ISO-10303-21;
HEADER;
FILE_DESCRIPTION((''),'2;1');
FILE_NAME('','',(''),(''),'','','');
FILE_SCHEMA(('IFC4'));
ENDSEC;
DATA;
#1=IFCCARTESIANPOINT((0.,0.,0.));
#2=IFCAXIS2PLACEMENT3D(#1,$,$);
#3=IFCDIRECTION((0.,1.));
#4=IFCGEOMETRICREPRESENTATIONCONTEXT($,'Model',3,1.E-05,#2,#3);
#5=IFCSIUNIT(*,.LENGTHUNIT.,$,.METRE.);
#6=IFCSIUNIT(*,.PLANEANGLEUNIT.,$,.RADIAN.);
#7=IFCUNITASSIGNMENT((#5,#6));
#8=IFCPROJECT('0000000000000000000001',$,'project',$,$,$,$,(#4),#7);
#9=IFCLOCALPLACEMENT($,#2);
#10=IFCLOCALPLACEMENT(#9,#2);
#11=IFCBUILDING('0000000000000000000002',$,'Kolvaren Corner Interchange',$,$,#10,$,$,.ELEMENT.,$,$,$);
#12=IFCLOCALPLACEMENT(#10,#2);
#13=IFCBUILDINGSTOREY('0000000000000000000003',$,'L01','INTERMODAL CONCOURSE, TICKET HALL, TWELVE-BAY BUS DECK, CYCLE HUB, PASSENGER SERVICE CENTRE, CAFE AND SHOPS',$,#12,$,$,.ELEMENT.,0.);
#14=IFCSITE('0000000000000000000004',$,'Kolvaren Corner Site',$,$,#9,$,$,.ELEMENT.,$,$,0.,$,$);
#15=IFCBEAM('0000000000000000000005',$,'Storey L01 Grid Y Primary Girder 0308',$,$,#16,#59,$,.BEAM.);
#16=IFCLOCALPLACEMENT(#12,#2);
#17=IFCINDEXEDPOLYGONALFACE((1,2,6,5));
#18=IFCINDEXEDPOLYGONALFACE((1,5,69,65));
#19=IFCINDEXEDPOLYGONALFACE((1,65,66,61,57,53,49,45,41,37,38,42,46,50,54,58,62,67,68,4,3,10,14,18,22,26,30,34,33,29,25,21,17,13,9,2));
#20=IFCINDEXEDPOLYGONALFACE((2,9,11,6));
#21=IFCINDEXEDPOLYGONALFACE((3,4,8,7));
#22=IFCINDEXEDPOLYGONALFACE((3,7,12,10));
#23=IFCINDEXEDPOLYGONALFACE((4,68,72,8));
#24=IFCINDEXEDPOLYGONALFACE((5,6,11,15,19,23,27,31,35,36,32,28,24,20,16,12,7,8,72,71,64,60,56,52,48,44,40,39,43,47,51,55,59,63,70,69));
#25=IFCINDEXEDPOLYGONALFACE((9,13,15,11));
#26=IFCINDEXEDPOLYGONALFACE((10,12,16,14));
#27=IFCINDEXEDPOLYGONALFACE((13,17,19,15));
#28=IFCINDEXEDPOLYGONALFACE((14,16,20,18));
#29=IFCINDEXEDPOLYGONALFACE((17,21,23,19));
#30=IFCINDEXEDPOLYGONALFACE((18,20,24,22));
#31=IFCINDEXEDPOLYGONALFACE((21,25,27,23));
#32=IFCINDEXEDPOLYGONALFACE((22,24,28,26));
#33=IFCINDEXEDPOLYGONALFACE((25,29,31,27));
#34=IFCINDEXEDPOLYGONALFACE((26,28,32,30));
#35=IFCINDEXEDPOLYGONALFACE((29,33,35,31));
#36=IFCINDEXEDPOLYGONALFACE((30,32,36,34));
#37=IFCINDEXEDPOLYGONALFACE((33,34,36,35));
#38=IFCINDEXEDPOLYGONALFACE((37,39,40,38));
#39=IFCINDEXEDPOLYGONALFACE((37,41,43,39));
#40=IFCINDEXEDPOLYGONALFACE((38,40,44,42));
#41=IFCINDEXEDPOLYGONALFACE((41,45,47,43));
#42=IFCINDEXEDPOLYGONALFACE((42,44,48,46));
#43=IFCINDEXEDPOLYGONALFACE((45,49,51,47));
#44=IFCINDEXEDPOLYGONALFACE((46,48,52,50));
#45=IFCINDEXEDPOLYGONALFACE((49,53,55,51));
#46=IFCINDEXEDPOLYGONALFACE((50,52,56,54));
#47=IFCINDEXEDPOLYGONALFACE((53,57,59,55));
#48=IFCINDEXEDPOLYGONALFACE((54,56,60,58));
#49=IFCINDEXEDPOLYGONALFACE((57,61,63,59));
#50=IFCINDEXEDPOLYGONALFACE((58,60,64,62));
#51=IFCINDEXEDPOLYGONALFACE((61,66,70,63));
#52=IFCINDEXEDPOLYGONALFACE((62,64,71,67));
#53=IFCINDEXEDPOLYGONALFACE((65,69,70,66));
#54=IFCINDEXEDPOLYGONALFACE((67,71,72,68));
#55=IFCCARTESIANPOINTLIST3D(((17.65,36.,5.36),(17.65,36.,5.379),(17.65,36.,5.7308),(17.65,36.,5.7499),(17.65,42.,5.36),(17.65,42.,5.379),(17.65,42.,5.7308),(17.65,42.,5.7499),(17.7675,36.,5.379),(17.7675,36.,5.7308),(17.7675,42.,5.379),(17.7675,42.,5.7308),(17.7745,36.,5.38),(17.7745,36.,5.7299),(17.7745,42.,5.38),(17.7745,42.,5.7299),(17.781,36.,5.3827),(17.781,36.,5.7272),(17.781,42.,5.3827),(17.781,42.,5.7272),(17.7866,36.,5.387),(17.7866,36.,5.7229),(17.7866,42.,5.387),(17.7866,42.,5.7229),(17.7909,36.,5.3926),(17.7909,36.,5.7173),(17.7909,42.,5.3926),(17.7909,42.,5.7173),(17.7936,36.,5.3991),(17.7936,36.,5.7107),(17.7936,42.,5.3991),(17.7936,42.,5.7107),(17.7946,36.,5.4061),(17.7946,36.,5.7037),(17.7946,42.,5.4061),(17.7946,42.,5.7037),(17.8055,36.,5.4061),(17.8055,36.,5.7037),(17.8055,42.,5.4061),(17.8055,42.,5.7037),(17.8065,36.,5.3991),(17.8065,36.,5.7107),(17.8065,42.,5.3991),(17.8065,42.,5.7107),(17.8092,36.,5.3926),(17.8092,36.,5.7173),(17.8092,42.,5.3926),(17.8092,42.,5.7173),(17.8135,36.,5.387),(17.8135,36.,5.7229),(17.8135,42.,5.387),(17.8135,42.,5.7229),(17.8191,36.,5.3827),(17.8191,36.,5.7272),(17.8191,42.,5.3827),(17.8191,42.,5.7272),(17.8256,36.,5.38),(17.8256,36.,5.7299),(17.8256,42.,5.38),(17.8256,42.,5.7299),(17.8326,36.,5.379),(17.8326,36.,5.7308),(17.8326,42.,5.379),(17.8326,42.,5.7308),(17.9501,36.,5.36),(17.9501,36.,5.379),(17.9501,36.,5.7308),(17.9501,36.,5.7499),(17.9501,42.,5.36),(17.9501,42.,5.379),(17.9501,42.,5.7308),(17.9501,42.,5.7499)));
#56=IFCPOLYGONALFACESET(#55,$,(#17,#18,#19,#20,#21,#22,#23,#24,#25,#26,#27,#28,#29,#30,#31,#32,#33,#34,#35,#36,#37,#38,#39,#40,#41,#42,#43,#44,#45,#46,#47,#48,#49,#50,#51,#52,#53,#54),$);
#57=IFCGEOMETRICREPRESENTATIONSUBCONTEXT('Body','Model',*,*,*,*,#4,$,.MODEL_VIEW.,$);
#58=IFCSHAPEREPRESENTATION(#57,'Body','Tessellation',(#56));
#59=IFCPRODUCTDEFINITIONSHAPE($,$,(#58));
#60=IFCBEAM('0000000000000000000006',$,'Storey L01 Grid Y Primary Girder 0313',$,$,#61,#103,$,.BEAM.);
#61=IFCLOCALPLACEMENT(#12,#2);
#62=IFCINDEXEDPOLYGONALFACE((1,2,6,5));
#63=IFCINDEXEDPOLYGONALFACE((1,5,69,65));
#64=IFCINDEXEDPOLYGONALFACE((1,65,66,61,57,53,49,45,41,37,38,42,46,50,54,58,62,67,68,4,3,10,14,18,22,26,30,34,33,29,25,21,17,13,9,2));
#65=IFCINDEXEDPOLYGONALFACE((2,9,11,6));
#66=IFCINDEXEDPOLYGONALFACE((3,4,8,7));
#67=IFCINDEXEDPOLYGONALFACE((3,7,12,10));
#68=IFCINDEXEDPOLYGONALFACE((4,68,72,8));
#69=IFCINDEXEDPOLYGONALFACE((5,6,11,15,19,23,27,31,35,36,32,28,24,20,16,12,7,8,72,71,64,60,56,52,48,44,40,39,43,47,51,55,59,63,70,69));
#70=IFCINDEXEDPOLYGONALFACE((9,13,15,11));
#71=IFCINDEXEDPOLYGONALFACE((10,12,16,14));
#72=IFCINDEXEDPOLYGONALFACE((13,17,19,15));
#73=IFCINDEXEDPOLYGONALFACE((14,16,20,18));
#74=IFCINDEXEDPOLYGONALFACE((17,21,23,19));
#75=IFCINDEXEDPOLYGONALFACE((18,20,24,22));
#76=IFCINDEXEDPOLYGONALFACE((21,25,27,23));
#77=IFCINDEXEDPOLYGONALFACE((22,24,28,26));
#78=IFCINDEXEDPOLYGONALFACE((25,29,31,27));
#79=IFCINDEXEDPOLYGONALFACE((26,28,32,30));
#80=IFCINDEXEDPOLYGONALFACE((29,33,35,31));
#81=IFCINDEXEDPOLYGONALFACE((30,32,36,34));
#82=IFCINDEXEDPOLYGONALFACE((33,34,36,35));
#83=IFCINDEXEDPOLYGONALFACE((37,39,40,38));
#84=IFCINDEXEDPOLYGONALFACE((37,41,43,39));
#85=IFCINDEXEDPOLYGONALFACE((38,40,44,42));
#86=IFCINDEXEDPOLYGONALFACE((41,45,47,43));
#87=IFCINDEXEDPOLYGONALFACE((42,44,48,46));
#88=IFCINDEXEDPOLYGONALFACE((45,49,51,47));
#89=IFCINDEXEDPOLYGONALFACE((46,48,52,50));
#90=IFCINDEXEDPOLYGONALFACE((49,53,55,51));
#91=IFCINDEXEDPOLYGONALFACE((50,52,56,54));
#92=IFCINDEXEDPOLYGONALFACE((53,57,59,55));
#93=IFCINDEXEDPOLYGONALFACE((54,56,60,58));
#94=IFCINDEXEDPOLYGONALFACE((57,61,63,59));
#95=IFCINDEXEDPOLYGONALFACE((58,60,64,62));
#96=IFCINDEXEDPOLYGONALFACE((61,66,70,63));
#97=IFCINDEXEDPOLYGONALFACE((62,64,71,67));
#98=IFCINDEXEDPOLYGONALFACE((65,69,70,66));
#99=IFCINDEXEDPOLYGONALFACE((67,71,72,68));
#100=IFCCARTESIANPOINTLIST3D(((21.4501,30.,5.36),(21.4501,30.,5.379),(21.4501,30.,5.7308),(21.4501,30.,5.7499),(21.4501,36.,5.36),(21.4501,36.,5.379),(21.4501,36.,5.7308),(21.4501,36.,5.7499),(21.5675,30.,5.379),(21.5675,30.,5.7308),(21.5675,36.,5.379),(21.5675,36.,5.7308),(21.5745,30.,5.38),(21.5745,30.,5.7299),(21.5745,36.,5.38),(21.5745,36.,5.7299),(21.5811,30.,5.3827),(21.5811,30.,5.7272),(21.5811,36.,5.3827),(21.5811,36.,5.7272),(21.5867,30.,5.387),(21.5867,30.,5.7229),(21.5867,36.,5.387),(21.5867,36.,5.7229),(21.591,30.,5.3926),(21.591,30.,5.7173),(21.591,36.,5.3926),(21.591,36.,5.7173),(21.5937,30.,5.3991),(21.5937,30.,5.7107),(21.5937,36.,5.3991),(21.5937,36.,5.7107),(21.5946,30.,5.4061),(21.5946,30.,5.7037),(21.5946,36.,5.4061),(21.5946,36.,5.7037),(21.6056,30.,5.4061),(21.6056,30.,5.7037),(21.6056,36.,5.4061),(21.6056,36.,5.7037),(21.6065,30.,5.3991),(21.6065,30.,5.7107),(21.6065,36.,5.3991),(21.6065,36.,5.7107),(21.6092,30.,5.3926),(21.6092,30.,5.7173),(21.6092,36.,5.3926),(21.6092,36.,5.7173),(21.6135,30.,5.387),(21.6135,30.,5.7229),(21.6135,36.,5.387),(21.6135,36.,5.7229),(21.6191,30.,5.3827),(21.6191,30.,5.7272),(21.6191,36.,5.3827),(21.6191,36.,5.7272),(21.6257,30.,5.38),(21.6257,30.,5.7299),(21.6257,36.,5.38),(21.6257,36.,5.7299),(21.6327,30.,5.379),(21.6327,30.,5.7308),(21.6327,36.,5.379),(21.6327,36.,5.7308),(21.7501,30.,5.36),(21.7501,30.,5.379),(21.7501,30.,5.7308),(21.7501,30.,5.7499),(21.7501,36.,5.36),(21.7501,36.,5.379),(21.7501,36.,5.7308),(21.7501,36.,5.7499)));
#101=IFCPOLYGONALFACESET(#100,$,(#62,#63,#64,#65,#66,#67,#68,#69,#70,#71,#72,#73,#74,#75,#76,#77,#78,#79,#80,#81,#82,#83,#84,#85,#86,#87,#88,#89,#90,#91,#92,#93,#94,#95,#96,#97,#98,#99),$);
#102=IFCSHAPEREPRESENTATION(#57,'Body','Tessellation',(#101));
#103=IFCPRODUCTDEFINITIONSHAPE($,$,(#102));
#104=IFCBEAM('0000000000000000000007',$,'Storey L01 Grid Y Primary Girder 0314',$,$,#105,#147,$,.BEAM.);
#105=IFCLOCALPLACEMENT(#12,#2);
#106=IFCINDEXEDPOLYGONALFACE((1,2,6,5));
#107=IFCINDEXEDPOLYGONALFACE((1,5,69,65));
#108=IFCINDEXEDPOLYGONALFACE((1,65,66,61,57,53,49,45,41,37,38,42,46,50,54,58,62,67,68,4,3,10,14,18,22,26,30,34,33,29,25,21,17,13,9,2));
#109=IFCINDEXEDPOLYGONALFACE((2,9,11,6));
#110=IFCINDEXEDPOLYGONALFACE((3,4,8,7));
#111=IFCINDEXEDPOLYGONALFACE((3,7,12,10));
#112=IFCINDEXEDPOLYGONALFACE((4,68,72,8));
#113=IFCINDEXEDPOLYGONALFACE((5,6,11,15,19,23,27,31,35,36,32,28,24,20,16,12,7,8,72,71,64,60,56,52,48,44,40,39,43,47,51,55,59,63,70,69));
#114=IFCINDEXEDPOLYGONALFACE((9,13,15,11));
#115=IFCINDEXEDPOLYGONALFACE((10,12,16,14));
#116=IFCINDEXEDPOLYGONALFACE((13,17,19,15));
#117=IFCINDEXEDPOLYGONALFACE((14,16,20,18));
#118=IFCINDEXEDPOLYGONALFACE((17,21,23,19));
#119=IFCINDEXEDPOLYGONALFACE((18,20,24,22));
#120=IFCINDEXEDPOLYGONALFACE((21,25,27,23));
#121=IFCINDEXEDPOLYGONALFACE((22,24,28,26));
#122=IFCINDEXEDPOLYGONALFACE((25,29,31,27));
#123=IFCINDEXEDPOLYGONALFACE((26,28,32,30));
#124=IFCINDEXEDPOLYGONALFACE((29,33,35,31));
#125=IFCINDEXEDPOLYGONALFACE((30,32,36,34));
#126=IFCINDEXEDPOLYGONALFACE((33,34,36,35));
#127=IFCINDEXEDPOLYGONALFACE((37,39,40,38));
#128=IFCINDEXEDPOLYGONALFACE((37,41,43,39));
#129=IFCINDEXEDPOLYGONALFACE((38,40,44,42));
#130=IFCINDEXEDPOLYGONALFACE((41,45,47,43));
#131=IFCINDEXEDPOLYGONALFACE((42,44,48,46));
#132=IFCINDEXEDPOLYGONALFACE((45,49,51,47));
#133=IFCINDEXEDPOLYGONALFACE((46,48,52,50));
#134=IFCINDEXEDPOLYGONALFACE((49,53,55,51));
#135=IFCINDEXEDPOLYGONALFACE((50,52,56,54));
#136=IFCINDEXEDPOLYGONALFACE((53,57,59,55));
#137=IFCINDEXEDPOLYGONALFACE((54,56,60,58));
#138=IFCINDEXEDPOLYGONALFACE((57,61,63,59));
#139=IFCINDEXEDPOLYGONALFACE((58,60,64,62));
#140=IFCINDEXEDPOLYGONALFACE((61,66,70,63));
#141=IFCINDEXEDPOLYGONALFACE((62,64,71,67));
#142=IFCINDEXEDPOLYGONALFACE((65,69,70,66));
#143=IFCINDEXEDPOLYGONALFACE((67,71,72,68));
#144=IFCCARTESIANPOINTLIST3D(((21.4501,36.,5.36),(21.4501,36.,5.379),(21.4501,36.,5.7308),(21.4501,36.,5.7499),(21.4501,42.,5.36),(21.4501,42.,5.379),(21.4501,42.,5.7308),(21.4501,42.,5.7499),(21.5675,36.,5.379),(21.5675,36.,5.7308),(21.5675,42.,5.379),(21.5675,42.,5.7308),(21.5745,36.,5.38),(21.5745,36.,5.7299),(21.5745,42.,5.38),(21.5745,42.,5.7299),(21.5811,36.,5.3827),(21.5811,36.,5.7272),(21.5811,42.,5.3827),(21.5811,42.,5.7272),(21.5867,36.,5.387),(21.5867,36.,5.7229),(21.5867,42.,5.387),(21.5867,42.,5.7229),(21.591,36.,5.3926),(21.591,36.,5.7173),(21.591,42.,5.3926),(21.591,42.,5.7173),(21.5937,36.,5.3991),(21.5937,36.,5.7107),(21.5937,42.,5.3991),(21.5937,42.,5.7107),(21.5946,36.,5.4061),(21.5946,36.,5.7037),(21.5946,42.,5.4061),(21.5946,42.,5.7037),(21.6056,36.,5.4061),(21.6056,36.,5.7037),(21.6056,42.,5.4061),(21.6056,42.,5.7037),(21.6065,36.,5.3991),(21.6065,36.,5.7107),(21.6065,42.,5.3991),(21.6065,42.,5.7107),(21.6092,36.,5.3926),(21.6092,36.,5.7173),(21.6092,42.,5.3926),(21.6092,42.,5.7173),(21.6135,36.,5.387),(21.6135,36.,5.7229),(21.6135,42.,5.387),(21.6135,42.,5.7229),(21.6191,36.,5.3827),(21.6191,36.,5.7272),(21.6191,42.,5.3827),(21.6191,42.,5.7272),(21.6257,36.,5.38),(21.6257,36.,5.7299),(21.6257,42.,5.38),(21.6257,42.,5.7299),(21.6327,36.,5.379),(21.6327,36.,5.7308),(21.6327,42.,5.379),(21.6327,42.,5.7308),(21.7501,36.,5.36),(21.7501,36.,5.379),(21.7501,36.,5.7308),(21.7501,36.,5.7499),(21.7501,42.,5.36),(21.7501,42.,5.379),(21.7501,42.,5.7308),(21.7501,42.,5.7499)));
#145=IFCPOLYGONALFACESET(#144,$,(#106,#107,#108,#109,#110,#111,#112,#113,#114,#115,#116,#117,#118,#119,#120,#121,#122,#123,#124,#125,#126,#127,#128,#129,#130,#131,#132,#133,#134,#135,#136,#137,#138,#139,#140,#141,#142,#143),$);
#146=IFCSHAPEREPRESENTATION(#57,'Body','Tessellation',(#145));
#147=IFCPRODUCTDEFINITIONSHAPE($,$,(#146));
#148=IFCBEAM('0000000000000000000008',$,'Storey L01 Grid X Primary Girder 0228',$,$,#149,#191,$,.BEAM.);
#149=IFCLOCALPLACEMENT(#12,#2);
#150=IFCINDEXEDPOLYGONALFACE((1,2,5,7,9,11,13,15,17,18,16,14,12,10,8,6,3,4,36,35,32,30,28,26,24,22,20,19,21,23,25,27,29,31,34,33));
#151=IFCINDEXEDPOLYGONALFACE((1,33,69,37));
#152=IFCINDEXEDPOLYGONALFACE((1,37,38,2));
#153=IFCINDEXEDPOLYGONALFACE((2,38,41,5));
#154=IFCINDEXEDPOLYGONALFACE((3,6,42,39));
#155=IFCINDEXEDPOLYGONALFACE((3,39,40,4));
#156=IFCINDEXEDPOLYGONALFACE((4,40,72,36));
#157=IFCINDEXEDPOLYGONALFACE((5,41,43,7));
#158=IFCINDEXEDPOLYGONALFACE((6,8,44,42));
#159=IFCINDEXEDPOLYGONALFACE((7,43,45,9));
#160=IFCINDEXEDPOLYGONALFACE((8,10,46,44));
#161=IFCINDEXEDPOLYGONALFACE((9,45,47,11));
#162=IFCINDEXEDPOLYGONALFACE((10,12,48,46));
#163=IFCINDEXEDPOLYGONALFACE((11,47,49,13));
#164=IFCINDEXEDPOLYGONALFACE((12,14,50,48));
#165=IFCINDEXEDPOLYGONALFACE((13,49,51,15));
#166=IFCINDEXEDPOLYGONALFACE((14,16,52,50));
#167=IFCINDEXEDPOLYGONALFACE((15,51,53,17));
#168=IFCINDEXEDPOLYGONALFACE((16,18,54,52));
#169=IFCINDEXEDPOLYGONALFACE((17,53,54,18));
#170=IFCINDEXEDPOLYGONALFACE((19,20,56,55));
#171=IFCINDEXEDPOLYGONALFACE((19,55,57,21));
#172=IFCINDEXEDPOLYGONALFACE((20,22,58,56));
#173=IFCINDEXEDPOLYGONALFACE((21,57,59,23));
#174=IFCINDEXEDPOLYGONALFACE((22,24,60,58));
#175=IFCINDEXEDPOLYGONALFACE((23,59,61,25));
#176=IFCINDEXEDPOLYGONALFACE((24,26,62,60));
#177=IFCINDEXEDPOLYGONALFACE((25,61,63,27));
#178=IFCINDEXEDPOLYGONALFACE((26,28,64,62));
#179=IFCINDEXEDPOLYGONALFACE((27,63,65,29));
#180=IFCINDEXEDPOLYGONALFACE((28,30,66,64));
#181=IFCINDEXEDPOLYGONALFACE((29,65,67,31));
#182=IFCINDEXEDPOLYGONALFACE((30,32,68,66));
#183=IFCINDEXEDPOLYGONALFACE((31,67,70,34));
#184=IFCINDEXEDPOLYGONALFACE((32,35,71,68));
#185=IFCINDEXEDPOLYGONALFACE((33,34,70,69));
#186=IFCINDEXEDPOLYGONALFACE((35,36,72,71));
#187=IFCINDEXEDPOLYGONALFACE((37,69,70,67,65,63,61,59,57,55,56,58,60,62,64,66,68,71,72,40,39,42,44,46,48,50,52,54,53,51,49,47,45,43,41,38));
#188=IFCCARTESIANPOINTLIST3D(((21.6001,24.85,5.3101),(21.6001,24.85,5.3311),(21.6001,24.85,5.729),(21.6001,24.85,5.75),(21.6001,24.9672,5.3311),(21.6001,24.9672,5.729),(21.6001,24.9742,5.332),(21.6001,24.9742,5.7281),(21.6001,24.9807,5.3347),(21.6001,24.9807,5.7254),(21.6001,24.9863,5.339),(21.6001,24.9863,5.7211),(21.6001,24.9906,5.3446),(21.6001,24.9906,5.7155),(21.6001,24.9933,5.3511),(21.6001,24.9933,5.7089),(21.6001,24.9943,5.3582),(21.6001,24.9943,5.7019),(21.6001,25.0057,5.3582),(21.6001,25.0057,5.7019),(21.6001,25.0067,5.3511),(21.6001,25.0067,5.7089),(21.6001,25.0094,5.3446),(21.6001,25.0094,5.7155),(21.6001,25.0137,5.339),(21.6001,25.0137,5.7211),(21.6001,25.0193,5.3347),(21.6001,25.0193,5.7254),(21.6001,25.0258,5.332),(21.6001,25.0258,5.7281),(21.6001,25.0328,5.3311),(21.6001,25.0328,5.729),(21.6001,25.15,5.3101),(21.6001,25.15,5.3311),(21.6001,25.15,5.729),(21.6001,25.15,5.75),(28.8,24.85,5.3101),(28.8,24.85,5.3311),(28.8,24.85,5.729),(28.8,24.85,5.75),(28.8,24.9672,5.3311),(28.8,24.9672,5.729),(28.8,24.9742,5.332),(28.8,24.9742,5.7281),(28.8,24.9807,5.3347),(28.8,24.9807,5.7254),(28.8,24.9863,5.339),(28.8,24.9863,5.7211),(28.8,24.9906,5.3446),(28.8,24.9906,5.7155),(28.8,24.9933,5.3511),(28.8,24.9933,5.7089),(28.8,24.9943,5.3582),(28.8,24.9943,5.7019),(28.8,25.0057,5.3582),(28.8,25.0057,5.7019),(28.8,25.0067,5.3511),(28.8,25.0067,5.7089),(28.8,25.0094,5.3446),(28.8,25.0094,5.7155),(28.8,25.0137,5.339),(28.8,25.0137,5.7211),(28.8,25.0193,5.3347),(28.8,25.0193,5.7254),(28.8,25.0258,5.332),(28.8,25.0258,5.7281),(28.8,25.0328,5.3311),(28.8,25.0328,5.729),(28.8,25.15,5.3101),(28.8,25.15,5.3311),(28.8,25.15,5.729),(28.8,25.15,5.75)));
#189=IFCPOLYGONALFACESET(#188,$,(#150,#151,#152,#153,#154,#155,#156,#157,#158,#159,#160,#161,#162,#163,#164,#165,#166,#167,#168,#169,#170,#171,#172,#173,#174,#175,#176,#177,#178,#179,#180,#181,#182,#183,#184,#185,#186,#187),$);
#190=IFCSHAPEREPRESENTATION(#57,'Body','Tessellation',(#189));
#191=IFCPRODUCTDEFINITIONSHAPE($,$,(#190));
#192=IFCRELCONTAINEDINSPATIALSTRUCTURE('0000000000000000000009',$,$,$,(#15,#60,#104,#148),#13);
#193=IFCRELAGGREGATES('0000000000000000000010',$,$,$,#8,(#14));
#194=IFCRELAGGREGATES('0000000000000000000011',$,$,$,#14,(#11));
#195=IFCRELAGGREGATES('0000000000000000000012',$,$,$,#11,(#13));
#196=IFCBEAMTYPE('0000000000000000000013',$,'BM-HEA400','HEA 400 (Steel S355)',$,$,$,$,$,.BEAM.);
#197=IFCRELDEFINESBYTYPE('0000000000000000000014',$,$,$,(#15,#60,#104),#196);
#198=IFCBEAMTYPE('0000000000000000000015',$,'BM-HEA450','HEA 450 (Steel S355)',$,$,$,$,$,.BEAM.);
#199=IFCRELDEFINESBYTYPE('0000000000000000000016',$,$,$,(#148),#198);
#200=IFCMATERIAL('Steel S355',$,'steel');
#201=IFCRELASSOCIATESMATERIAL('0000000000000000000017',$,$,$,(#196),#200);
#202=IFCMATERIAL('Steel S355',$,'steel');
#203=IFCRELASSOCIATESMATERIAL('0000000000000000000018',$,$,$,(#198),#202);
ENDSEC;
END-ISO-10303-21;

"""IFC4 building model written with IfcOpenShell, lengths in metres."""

from ifc_helpers import new_model, si_unit, direction, frame, origin, origin_2d, place, context, subcontext, project, spatial, i_section, extrude, material, material_profile, profile_set, type_object, element, save


model = new_model("IFC4")

# Units and contexts
model_context = context("Model", 3, precision=1e-05, world=origin(), true_north=direction((0.0, 1.0)))
body_context = subcontext(model_context, "Body", "Model", "MODEL_VIEW")
ifc_project = project(units=[si_unit("LENGTHUNIT", "METRE"), si_unit("PLANEANGLEUNIT", "RADIAN")], contexts=[model_context])

# Site, building, storey
site_placement = place(None, origin())
site = spatial("IfcSite", under=ifc_project, at=site_placement, Name="Kolvaren Corner Site", CompositionType="ELEMENT", RefElevation=0.0)
building_placement = place(site_placement, origin())
building = spatial("IfcBuilding", under=site, at=building_placement, Name="Kolvaren Corner Interchange", CompositionType="ELEMENT")
storey_placement = place(building_placement, origin())
storey = spatial("IfcBuildingStorey", under=building, at=storey_placement, Name="L01", Description="INTERMODAL CONCOURSE, TICKET HALL, TWELVE-BAY BUS DECK, CYCLE HUB, PASSENGER SERVICE CENTRE, CAFE AND SHOPS", CompositionType="ELEMENT", Elevation=0.0)

# Beams
ifc_material_1 = material(Name="Steel S355", Category="steel")
ifc_material_profile_1 = material_profile(ifc_material_1, i_section(OverallWidth=0.3, OverallDepth=0.3899, WebThickness=0.011, FlangeThickness=0.019, FilletRadius=0.0271, at=origin_2d()), Name="HEA 400")
ifc_profile_set_1 = profile_set([ifc_material_profile_1], Name="Steel S355")
beam_type_1 = type_object("IfcBeamType", Name="BM-HEA400", Description="HEA 400 (Steel S355)", PredefinedType="BEAM", material=ifc_profile_set_1)
for number, where, z_axis, x_axis, name in (
    (1, (17.8, 36.0, 5.5549), (0.0, 1.0, 0.0), (-1.0, 0.0, 0.0), "Storey L01 Grid Y Primary Girder 0308"),
    (2, (21.6001, 30.0, 5.5549), (0.0, 1.0, 0.0), (-1.0, 0.0, 0.0), "Storey L01 Grid Y Primary Girder 0313"),
    (3, (21.6001, 36.0, 5.5549), (0.0, 1.0, 0.0), (-1.0, 0.0, 0.0), "Storey L01 Grid Y Primary Girder 0314"),
):
    element("IfcBeam", number, at=place(storey_placement, frame(where, z_axis=z_axis, x_axis=x_axis)), inside=storey, type_object=beam_type_1, Name=name, PredefinedType="BEAM", context=body_context, shape_type="SweptSolid", body=[
        extrude(i_section(OverallWidth=0.3, OverallDepth=0.3899, WebThickness=0.011, FlangeThickness=0.019, FilletRadius=0.0271, at=origin_2d()), origin(), (0.0, 0.0, 1.0), 6.0),
    ])
ifc_material_2 = material(Name="Steel S355", Category="steel")
ifc_material_profile_2 = material_profile(ifc_material_2, i_section(OverallWidth=0.3, OverallDepth=0.4399, WebThickness=0.0115, FlangeThickness=0.021, FilletRadius=0.0271, at=origin_2d()), Name="HEA 450")
ifc_profile_set_2 = profile_set([ifc_material_profile_2], Name="Steel S355")
beam_type_2 = type_object("IfcBeamType", Name="BM-HEA450", Description="HEA 450 (Steel S355)", PredefinedType="BEAM", material=ifc_profile_set_2)
for number, where, z_axis, x_axis, name in (
    (4, (21.6001, 25.0, 5.53), (1.0, 0.0, 0.0), (0.0, 1.0, 0.0), "Storey L01 Grid X Primary Girder 0228"),
):
    element("IfcBeam", number, at=place(storey_placement, frame(where, z_axis=z_axis, x_axis=x_axis)), inside=storey, type_object=beam_type_2, Name=name, PredefinedType="BEAM", context=body_context, shape_type="SweptSolid", body=[
        extrude(i_section(OverallWidth=0.3, OverallDepth=0.4399, WebThickness=0.0115, FlangeThickness=0.021, FilletRadius=0.0271, at=origin_2d()), origin(), (0.0, 0.0, 1.0), 7.2),
    ])

save(model, "model.ifc")
